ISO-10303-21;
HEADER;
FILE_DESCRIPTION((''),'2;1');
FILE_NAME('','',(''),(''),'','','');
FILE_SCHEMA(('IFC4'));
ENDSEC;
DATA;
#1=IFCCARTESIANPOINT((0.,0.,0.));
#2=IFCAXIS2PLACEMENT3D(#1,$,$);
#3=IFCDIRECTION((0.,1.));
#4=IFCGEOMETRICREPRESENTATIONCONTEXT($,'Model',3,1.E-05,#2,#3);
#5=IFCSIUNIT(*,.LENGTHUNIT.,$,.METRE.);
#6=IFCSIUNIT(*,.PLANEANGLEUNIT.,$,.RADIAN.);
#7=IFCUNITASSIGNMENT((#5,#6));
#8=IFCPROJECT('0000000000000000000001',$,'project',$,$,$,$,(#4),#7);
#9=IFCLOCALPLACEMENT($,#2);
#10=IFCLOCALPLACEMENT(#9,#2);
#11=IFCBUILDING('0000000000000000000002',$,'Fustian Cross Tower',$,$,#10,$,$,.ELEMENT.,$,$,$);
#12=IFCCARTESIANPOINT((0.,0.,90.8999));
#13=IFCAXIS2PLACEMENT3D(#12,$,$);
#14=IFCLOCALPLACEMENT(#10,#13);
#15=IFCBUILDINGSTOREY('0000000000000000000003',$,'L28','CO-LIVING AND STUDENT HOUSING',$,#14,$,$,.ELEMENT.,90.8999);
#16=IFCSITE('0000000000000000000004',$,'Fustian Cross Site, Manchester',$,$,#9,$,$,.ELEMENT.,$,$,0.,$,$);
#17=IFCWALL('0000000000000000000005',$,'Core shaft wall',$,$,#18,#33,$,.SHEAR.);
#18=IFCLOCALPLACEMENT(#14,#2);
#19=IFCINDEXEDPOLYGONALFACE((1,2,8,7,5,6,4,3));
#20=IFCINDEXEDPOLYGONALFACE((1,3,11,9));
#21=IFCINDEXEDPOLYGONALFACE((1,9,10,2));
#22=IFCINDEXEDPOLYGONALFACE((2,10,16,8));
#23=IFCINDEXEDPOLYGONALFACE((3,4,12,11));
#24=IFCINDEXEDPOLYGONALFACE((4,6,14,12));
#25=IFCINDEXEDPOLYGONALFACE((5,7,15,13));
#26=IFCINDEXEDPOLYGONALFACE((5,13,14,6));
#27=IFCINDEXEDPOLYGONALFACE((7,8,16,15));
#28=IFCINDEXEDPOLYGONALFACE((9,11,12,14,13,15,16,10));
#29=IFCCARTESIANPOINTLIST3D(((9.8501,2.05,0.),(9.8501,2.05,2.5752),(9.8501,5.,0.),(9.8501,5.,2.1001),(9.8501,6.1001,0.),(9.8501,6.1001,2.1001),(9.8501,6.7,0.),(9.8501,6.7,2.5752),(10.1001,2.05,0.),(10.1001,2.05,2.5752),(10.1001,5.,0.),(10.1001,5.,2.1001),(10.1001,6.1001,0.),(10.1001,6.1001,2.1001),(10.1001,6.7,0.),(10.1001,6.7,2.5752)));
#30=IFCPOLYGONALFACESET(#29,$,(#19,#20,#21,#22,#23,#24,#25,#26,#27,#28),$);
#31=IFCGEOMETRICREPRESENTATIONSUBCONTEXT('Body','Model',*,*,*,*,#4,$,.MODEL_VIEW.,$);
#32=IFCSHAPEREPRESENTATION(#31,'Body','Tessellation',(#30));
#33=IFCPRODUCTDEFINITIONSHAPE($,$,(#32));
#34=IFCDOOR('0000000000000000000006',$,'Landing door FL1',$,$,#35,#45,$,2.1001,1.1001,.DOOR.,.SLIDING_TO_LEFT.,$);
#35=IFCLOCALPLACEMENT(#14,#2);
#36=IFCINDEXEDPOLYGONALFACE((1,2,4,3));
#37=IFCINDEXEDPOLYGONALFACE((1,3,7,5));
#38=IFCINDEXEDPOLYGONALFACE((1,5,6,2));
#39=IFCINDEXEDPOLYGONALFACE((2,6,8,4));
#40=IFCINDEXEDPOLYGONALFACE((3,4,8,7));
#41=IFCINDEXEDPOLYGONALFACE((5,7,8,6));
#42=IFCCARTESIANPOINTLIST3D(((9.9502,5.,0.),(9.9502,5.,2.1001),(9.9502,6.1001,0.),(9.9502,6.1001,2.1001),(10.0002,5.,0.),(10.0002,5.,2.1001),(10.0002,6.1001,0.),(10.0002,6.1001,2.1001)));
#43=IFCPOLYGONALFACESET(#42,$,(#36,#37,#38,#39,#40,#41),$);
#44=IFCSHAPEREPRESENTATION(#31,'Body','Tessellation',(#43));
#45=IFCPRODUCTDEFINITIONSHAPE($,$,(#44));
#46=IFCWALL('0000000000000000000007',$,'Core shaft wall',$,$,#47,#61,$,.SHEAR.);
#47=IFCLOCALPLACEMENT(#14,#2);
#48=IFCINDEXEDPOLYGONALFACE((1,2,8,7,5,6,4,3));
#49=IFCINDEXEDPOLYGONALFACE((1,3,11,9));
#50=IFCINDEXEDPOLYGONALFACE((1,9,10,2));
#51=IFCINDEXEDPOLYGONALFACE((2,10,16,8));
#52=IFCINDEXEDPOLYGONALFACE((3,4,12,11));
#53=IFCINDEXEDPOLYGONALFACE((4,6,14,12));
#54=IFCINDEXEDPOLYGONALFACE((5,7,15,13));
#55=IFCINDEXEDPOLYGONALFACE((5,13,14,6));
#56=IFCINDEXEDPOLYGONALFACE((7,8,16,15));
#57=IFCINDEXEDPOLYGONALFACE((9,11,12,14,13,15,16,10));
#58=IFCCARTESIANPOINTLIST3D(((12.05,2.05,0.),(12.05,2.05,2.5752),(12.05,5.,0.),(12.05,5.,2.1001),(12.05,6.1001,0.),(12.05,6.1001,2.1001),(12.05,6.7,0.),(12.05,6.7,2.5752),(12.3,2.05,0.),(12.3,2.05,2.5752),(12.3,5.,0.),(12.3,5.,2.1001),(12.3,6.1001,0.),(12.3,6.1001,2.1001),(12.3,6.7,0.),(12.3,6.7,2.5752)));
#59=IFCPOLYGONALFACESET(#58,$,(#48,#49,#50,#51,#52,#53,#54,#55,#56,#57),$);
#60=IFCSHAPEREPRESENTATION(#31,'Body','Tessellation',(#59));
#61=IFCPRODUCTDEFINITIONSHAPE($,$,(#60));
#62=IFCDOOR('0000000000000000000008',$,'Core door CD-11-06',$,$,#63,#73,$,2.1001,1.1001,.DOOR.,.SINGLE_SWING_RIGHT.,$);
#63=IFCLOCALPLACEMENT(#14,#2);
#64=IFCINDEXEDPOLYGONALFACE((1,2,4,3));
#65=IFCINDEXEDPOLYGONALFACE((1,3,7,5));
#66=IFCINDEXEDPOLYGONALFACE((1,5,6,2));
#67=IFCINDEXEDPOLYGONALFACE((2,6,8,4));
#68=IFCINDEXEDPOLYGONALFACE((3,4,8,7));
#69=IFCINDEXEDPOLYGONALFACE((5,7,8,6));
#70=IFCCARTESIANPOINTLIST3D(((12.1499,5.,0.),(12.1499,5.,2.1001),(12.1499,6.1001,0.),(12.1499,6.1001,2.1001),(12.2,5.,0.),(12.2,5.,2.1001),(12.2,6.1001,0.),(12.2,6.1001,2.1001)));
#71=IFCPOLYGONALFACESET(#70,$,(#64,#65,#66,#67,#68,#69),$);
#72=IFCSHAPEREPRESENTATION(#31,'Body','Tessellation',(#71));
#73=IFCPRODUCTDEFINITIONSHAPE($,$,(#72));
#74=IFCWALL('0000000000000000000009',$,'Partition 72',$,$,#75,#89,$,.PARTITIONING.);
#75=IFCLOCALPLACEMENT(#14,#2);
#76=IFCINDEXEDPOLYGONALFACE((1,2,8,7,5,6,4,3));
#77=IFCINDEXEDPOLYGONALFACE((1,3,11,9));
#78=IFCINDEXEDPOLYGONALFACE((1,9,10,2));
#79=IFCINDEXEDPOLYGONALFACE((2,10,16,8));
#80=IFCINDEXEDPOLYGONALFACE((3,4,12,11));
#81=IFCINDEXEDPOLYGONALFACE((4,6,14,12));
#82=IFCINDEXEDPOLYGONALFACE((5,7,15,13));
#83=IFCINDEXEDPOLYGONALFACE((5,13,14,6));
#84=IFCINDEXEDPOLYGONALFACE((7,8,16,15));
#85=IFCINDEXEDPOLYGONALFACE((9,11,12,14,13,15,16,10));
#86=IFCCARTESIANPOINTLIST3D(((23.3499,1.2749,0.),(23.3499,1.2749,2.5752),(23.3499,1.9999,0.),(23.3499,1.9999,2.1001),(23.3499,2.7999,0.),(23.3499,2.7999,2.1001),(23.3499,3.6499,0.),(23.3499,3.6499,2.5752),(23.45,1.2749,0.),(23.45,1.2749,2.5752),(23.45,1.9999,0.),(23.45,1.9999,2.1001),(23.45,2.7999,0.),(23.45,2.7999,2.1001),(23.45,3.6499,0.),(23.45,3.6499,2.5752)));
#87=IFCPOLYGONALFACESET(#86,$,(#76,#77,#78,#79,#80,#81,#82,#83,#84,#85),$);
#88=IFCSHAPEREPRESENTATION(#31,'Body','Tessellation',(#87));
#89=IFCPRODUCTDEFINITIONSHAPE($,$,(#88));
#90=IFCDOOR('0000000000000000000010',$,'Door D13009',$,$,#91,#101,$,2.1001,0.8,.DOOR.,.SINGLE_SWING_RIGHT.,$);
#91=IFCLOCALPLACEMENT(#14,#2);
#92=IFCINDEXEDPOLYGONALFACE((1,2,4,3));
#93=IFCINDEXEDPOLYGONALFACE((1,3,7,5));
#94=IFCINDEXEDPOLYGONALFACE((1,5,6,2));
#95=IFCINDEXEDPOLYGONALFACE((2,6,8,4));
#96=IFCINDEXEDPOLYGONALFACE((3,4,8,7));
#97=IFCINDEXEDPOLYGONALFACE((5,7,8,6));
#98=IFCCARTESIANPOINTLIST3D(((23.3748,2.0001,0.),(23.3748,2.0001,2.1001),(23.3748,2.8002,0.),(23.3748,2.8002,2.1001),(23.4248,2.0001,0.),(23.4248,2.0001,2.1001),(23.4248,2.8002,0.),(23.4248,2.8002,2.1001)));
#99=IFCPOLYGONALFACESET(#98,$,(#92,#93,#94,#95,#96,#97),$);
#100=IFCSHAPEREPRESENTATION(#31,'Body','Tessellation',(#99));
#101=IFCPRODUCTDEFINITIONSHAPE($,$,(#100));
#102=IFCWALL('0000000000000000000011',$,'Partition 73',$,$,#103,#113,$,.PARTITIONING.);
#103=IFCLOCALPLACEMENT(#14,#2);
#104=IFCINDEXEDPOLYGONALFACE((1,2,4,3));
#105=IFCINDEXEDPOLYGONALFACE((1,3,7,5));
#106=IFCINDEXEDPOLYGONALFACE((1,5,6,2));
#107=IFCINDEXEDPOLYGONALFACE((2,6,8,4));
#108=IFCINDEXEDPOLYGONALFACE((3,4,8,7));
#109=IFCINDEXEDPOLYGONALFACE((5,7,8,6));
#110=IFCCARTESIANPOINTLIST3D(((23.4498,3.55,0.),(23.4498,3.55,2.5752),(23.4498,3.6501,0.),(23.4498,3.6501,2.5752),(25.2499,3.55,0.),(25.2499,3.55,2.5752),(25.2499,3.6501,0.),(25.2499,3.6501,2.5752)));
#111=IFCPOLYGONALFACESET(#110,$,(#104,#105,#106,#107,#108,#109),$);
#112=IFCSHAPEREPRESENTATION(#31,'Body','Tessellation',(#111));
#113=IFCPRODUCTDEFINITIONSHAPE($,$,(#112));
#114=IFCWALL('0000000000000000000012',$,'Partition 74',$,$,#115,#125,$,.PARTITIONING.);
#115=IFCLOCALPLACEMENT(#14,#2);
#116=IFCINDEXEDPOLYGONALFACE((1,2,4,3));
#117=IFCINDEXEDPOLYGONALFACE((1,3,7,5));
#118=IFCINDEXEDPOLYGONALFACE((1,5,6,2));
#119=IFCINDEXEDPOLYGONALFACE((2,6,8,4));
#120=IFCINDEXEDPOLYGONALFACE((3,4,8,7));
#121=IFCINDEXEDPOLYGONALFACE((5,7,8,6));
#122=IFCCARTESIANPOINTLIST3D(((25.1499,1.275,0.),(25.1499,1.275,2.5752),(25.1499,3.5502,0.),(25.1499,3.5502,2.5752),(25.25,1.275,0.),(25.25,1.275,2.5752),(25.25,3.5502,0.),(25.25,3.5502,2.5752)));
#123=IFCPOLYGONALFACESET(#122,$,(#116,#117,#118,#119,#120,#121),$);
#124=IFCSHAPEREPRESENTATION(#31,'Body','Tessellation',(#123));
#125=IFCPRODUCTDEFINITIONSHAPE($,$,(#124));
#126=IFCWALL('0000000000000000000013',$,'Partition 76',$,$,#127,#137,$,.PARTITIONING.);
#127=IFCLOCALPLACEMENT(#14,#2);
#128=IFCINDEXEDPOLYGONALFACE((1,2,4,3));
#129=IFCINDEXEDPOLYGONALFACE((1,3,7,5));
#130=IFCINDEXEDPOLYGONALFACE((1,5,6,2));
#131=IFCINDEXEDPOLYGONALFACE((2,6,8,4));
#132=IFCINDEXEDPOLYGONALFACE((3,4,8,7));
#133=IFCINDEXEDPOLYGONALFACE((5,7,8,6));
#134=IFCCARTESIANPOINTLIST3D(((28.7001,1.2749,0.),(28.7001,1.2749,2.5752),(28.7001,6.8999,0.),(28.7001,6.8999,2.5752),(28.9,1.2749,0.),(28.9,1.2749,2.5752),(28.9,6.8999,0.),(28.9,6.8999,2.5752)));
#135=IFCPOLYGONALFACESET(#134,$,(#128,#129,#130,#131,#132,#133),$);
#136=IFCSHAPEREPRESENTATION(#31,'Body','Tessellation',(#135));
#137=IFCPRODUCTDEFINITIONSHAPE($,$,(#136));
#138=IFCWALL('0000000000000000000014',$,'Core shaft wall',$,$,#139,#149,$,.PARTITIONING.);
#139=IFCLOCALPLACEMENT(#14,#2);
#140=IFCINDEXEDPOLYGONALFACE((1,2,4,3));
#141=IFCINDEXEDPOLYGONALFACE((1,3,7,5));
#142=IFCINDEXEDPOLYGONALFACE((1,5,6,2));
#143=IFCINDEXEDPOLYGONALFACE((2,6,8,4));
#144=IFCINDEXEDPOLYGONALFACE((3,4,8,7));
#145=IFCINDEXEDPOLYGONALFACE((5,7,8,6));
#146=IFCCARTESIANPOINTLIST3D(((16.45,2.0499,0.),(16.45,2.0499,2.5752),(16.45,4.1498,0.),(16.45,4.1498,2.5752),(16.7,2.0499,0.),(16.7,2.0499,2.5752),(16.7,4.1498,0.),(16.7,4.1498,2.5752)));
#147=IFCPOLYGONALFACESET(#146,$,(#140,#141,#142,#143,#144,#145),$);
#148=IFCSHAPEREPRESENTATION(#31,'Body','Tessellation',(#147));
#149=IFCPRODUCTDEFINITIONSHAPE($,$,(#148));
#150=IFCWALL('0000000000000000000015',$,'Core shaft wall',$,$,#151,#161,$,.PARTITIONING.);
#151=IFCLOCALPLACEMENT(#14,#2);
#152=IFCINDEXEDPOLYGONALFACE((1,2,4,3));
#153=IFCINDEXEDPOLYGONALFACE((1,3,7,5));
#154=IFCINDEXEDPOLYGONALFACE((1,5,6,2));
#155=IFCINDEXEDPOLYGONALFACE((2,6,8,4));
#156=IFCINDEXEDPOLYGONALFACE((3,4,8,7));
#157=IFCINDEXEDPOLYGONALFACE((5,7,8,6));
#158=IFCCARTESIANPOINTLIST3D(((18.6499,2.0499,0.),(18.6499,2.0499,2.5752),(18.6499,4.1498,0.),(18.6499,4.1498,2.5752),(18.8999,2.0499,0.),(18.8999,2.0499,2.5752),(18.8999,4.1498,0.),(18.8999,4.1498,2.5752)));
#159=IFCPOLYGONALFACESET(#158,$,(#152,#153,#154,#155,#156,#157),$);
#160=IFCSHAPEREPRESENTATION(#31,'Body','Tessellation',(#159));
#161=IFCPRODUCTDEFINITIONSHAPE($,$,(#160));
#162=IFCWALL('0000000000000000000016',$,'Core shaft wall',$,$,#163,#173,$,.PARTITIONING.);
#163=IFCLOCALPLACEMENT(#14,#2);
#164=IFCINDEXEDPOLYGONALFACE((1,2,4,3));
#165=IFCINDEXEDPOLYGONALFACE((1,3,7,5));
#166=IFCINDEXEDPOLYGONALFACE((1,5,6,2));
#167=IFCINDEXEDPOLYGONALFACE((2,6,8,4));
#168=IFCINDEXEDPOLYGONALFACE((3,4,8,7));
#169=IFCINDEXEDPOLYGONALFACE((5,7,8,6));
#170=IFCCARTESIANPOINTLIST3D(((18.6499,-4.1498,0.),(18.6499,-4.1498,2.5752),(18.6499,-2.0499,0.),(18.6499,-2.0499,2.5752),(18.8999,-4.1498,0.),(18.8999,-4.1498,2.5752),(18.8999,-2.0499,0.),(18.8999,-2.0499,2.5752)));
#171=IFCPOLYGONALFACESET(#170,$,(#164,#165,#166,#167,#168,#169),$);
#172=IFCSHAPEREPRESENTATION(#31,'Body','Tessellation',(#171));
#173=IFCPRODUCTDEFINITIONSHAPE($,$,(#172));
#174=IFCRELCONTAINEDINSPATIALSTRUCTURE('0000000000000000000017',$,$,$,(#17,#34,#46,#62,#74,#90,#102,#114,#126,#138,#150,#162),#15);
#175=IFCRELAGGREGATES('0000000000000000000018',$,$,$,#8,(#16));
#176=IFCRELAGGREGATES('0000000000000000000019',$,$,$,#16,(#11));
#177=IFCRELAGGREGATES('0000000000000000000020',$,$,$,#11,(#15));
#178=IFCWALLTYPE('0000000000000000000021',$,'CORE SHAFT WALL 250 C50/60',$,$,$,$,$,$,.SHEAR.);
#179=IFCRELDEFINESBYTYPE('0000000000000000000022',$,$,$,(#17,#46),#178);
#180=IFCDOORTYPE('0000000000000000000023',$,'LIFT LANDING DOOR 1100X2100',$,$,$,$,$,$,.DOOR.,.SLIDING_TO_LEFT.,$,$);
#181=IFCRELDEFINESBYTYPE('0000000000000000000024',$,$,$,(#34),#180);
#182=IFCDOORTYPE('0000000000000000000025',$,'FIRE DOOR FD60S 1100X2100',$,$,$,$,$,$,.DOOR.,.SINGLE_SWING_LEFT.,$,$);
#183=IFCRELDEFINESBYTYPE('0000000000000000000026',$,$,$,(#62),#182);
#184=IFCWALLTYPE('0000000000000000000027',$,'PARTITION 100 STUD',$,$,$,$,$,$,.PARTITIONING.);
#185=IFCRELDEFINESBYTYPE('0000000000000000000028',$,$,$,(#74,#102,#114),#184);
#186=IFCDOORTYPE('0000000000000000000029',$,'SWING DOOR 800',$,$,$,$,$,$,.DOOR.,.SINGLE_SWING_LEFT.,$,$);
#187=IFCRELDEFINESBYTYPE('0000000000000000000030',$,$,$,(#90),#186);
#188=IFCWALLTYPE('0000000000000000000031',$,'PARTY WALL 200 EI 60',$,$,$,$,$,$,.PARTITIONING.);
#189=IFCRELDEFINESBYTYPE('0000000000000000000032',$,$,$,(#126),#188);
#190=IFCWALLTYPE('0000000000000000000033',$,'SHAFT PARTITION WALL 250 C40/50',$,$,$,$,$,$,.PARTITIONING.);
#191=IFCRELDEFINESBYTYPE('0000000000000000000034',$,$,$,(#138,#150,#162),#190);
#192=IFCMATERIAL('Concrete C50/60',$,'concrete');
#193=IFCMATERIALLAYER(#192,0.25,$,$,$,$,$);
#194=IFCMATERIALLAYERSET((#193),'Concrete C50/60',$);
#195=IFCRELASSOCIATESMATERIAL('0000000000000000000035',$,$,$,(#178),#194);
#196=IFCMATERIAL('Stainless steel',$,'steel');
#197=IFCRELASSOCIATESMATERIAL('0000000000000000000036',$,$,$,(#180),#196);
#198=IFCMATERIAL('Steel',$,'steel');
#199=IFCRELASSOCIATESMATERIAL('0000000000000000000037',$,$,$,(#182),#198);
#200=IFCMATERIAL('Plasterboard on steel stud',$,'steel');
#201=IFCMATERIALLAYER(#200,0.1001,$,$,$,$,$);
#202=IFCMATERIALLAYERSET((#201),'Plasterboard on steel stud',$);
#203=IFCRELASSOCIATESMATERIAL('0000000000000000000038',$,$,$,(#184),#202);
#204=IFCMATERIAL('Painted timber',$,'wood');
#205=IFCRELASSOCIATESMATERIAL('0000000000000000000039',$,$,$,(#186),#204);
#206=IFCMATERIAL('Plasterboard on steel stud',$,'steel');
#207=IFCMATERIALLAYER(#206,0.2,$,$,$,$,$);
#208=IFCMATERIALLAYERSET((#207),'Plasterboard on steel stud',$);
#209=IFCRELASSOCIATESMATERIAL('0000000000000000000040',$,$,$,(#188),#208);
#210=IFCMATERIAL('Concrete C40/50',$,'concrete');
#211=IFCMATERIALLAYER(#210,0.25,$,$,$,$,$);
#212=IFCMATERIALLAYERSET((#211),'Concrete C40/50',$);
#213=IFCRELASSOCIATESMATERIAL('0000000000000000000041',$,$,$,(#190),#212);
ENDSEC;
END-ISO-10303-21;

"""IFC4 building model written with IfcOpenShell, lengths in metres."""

from ifc_helpers import new_model, si_unit, direction, frame, frame_2d, origin, place, context, subcontext, project, spatial, rectangle, extrude, material, layer, layer_set, type_object, element, fill, save


model = new_model("IFC4")

# Units and contexts
model_context = context("Model", 3, precision=1e-05, world=origin(), true_north=direction((0.0, 1.0)))
body_context = subcontext(model_context, "Body", "Model", "MODEL_VIEW")
ifc_project = project(units=[si_unit("LENGTHUNIT", "METRE"), si_unit("PLANEANGLEUNIT", "RADIAN")], contexts=[model_context])

# Site, building, storey
site_placement = place(None, origin())
site = spatial("IfcSite", under=ifc_project, at=site_placement, Name="Fustian Cross Site, Manchester", CompositionType="ELEMENT", RefElevation=0.0)
building_placement = place(site_placement, origin())
building = spatial("IfcBuilding", under=site, at=building_placement, Name="Fustian Cross Tower", CompositionType="ELEMENT")
storey_placement = place(building_placement, frame((0.0, 0.0, 90.8999)))
storey = spatial("IfcBuildingStorey", under=building, at=storey_placement, Name="L28", Description="CO-LIVING AND STUDENT HOUSING", CompositionType="ELEMENT", Elevation=90.8999)

# Shared definitions
ifc_material_1 = material(Name="Concrete C50/60", Category="concrete")
ifc_layer_1 = layer(ifc_material_1, 0.25)
ifc_layer_set_1 = layer_set([ifc_layer_1], Name="Concrete C50/60")
wall_type_1 = type_object("IfcWallType", Name="CORE SHAFT WALL 250 C50/60", PredefinedType="SHEAR", material=ifc_layer_set_1)

# Walls, openings, doors
wall_1_placement = place(storey_placement, frame((9.9751, 2.05, 0.0), z_axis=(0.0, 0.0, 1.0), x_axis=(0.0, 1.0, 0.0)))
wall_1 = element("IfcWall", 1, at=wall_1_placement, inside=storey, type_object=wall_type_1, Name="Core shaft wall", PredefinedType="SHEAR", context=body_context, shape_type="SweptSolid", body=[
    extrude(rectangle(XDim=4.6499, YDim=0.25, at=frame_2d((2.325, 0.0))), origin(), (0.0, 0.0, 1.0), 2.5752),
])
opening_1_placement = place(wall_1_placement, frame((2.95, 0.0, 0.0)))
opening_1 = element("IfcOpeningElement", 2, at=opening_1_placement, cuts=wall_1, PredefinedType="OPENING", context=body_context, shape_type="SweptSolid", body=[
    extrude(rectangle(XDim=1.1001, YDim=2.1001, at=frame_2d((0.55, 1.05))), frame((0.0, 0.135, 0.0), z_axis=(0.0, -1.0, 0.0), x_axis=(1.0, 0.0, 0.0)), (0.0, 0.0, 1.0), 0.27),
])
ifc_material_2 = material(Name="Stainless steel", Category="steel")
door_type_1 = type_object("IfcDoorType", Name="LIFT LANDING DOOR 1100X2100", OperationType="SLIDING_TO_LEFT", PredefinedType="DOOR", material=ifc_material_2)
door_1_placement = place(opening_1_placement, origin())
door_1 = element("IfcDoor", 3, at=door_1_placement, inside=storey, type_object=door_type_1, Name="Landing door FL1", OperationType="SLIDING_TO_LEFT", OverallHeight=2.1001, OverallWidth=1.1001, PredefinedType="DOOR", context=body_context, shape_type="SweptSolid", body=[
    extrude(rectangle(XDim=1.1001, YDim=2.1001, at=frame_2d((0.55, 1.05))), frame((0.0, 0.0249, 0.0), z_axis=(0.0, -1.0, 0.0), x_axis=(1.0, 0.0, 0.0)), (0.0, 0.0, 1.0), 0.05),
])
fill(opening_1, door_1)
wall_2_placement = place(storey_placement, frame((12.175, 2.05, 0.0), z_axis=(0.0, 0.0, 1.0), x_axis=(0.0, 1.0, 0.0)))
wall_2 = element("IfcWall", 4, at=wall_2_placement, inside=storey, type_object=wall_type_1, Name="Core shaft wall", PredefinedType="SHEAR", context=body_context, shape_type="SweptSolid", body=[
    extrude(rectangle(XDim=4.6499, YDim=0.25, at=frame_2d((2.325, 0.0))), origin(), (0.0, 0.0, 1.0), 2.5752),
])
opening_2_placement = place(wall_2_placement, frame((2.95, 0.0, 0.0)))
opening_2 = element("IfcOpeningElement", 5, at=opening_2_placement, cuts=wall_2, PredefinedType="OPENING", context=body_context, shape_type="SweptSolid", body=[
    extrude(rectangle(XDim=1.1001, YDim=2.1001, at=frame_2d((0.55, 1.05))), frame((0.0, 0.135, 0.0), z_axis=(0.0, -1.0, 0.0), x_axis=(1.0, 0.0, 0.0)), (0.0, 0.0, 1.0), 0.27),
])
ifc_material_3 = material(Name="Steel", Category="steel")
door_type_2 = type_object("IfcDoorType", Name="FIRE DOOR FD60S 1100X2100", OperationType="SINGLE_SWING_LEFT", PredefinedType="DOOR", material=ifc_material_3)
door_2_placement = place(opening_2_placement, frame((1.1001, 0.0, 0.0), z_axis=(0.0, 0.0, 1.0), x_axis=(-1.0, 0.0, 0.0)))
door_2 = element("IfcDoor", 6, at=door_2_placement, inside=storey, type_object=door_type_2, Name="Core door CD-11-06", OperationType="SINGLE_SWING_RIGHT", OverallHeight=2.1001, OverallWidth=1.1001, PredefinedType="DOOR", context=body_context, shape_type="SweptSolid", body=[
    extrude(rectangle(XDim=1.1001, YDim=2.1001, at=frame_2d((0.55, 1.05))), frame((0.0, 0.0249, 0.0), z_axis=(0.0, -1.0, 0.0), x_axis=(1.0, 0.0, 0.0)), (0.0, 0.0, 1.0), 0.05),
])
fill(opening_2, door_2)
ifc_material_4 = material(Name="Plasterboard on steel stud", Category="steel")
ifc_layer_2 = layer(ifc_material_4, 0.1001)
ifc_layer_set_2 = layer_set([ifc_layer_2], Name="Plasterboard on steel stud")
wall_type_2 = type_object("IfcWallType", Name="PARTITION 100 STUD", PredefinedType="PARTITIONING", material=ifc_layer_set_2)
wall_3_placement = place(storey_placement, frame((23.3999, 1.2749, 0.0), z_axis=(0.0, 0.0, 1.0), x_axis=(0.0, 1.0, 0.0)))
wall_3 = element("IfcWall", 7, at=wall_3_placement, inside=storey, type_object=wall_type_2, Name="Partition 72", PredefinedType="PARTITIONING", context=body_context, shape_type="SweptSolid", body=[
    extrude(rectangle(XDim=2.375, YDim=0.1001, at=frame_2d((1.1875, 0.0))), origin(), (0.0, 0.0, 1.0), 2.5752),
])
opening_3_placement = place(wall_3_placement, frame((0.7251, 0.0, 0.0)))
opening_3 = element("IfcOpeningElement", 8, at=opening_3_placement, cuts=wall_3, PredefinedType="OPENING", context=body_context, shape_type="SweptSolid", body=[
    extrude(rectangle(XDim=0.8, YDim=2.1001, at=frame_2d((0.3999, 1.05))), frame((0.0, 0.0601, 0.0), z_axis=(0.0, -1.0, 0.0), x_axis=(1.0, 0.0, 0.0)), (0.0, 0.0, 1.0), 0.1201),
])
ifc_material_5 = material(Name="Painted timber", Category="wood")
door_type_3 = type_object("IfcDoorType", Name="SWING DOOR 800", OperationType="SINGLE_SWING_LEFT", PredefinedType="DOOR", material=ifc_material_5)
door_3_placement = place(opening_3_placement, frame((0.8, 0.0, 0.0), z_axis=(0.0, 0.0, 1.0), x_axis=(-1.0, 0.0, 0.0)))
door_3 = element("IfcDoor", 9, at=door_3_placement, inside=storey, type_object=door_type_3, Name="Door D13009", OperationType="SINGLE_SWING_RIGHT", OverallHeight=2.1001, OverallWidth=0.8, PredefinedType="DOOR", context=body_context, shape_type="SweptSolid", body=[
    extrude(rectangle(XDim=0.8, YDim=2.1001, at=frame_2d((0.3999, 1.05))), frame((0.0, 0.0249, 0.0), z_axis=(0.0, -1.0, 0.0), x_axis=(1.0, 0.0, 0.0)), (0.0, 0.0, 1.0), 0.05),
])
fill(opening_3, door_3)

# Walls
wall_4_placement = place(storey_placement, frame((23.45, 3.6001, 0.0), z_axis=(0.0, 0.0, 1.0), x_axis=(1.0, 0.0, 0.0)))
element("IfcWall", 10, at=wall_4_placement, inside=storey, type_object=wall_type_2, Name="Partition 73", PredefinedType="PARTITIONING", context=body_context, shape_type="SweptSolid", body=[
    extrude(rectangle(XDim=1.8, YDim=0.1001, at=frame_2d((0.8999, 0.0))), origin(), (0.0, 0.0, 1.0), 2.5752),
])
wall_5_placement = place(storey_placement, frame((25.2, 1.2749, 0.0), z_axis=(0.0, 0.0, 1.0), x_axis=(0.0, 1.0, 0.0)))
element("IfcWall", 11, at=wall_5_placement, inside=storey, type_object=wall_type_2, Name="Partition 74", PredefinedType="PARTITIONING", context=body_context, shape_type="SweptSolid", body=[
    extrude(rectangle(XDim=2.2751, YDim=0.1001, at=frame_2d((1.1377, 0.0))), origin(), (0.0, 0.0, 1.0), 2.5752),
])
ifc_material_6 = material(Name="Plasterboard on steel stud", Category="steel")
ifc_layer_3 = layer(ifc_material_6, 0.2)
ifc_layer_set_3 = layer_set([ifc_layer_3], Name="Plasterboard on steel stud")
wall_type_3 = type_object("IfcWallType", Name="PARTY WALL 200 EI 60", PredefinedType="PARTITIONING", material=ifc_layer_set_3)
wall_6_placement = place(storey_placement, frame((28.8, 1.2749, 0.0), z_axis=(0.0, 0.0, 1.0), x_axis=(0.0, 1.0, 0.0)))
element("IfcWall", 12, at=wall_6_placement, inside=storey, type_object=wall_type_3, Name="Partition 76", PredefinedType="PARTITIONING", context=body_context, shape_type="SweptSolid", body=[
    extrude(rectangle(XDim=5.625, YDim=0.2, at=frame_2d((2.8125, 0.0))), origin(), (0.0, 0.0, 1.0), 2.5752),
])
ifc_material_7 = material(Name="Concrete C40/50", Category="concrete")
ifc_layer_4 = layer(ifc_material_7, 0.25)
ifc_layer_set_4 = layer_set([ifc_layer_4], Name="Concrete C40/50")
wall_type_4 = type_object("IfcWallType", Name="SHAFT PARTITION WALL 250 C40/50", PredefinedType="PARTITIONING", material=ifc_layer_set_4)
for number, where, z_axis, x_axis, name in (
    (13, (16.575, 2.05, 0.0), (0.0, 0.0, 1.0), (0.0, 1.0, 0.0), "Core shaft wall"),
    (14, (18.7749, 2.05, 0.0), (0.0, 0.0, 1.0), (0.0, 1.0, 0.0), "Core shaft wall"),
    (15, (18.7749, -2.05, 0.0), (0.0, 0.0, 1.0), (0.0, -1.0, 0.0), "Core shaft wall"),
):
    element("IfcWall", number, at=place(storey_placement, frame(where, z_axis=z_axis, x_axis=x_axis)), inside=storey, type_object=wall_type_4, Name=name, PredefinedType="PARTITIONING", context=body_context, shape_type="SweptSolid", body=[
        extrude(rectangle(XDim=2.0999, YDim=0.25, at=frame_2d((1.0498, 0.0))), origin(), (0.0, 0.0, 1.0), 2.5752),
    ])

save(model, "model.ifc")
